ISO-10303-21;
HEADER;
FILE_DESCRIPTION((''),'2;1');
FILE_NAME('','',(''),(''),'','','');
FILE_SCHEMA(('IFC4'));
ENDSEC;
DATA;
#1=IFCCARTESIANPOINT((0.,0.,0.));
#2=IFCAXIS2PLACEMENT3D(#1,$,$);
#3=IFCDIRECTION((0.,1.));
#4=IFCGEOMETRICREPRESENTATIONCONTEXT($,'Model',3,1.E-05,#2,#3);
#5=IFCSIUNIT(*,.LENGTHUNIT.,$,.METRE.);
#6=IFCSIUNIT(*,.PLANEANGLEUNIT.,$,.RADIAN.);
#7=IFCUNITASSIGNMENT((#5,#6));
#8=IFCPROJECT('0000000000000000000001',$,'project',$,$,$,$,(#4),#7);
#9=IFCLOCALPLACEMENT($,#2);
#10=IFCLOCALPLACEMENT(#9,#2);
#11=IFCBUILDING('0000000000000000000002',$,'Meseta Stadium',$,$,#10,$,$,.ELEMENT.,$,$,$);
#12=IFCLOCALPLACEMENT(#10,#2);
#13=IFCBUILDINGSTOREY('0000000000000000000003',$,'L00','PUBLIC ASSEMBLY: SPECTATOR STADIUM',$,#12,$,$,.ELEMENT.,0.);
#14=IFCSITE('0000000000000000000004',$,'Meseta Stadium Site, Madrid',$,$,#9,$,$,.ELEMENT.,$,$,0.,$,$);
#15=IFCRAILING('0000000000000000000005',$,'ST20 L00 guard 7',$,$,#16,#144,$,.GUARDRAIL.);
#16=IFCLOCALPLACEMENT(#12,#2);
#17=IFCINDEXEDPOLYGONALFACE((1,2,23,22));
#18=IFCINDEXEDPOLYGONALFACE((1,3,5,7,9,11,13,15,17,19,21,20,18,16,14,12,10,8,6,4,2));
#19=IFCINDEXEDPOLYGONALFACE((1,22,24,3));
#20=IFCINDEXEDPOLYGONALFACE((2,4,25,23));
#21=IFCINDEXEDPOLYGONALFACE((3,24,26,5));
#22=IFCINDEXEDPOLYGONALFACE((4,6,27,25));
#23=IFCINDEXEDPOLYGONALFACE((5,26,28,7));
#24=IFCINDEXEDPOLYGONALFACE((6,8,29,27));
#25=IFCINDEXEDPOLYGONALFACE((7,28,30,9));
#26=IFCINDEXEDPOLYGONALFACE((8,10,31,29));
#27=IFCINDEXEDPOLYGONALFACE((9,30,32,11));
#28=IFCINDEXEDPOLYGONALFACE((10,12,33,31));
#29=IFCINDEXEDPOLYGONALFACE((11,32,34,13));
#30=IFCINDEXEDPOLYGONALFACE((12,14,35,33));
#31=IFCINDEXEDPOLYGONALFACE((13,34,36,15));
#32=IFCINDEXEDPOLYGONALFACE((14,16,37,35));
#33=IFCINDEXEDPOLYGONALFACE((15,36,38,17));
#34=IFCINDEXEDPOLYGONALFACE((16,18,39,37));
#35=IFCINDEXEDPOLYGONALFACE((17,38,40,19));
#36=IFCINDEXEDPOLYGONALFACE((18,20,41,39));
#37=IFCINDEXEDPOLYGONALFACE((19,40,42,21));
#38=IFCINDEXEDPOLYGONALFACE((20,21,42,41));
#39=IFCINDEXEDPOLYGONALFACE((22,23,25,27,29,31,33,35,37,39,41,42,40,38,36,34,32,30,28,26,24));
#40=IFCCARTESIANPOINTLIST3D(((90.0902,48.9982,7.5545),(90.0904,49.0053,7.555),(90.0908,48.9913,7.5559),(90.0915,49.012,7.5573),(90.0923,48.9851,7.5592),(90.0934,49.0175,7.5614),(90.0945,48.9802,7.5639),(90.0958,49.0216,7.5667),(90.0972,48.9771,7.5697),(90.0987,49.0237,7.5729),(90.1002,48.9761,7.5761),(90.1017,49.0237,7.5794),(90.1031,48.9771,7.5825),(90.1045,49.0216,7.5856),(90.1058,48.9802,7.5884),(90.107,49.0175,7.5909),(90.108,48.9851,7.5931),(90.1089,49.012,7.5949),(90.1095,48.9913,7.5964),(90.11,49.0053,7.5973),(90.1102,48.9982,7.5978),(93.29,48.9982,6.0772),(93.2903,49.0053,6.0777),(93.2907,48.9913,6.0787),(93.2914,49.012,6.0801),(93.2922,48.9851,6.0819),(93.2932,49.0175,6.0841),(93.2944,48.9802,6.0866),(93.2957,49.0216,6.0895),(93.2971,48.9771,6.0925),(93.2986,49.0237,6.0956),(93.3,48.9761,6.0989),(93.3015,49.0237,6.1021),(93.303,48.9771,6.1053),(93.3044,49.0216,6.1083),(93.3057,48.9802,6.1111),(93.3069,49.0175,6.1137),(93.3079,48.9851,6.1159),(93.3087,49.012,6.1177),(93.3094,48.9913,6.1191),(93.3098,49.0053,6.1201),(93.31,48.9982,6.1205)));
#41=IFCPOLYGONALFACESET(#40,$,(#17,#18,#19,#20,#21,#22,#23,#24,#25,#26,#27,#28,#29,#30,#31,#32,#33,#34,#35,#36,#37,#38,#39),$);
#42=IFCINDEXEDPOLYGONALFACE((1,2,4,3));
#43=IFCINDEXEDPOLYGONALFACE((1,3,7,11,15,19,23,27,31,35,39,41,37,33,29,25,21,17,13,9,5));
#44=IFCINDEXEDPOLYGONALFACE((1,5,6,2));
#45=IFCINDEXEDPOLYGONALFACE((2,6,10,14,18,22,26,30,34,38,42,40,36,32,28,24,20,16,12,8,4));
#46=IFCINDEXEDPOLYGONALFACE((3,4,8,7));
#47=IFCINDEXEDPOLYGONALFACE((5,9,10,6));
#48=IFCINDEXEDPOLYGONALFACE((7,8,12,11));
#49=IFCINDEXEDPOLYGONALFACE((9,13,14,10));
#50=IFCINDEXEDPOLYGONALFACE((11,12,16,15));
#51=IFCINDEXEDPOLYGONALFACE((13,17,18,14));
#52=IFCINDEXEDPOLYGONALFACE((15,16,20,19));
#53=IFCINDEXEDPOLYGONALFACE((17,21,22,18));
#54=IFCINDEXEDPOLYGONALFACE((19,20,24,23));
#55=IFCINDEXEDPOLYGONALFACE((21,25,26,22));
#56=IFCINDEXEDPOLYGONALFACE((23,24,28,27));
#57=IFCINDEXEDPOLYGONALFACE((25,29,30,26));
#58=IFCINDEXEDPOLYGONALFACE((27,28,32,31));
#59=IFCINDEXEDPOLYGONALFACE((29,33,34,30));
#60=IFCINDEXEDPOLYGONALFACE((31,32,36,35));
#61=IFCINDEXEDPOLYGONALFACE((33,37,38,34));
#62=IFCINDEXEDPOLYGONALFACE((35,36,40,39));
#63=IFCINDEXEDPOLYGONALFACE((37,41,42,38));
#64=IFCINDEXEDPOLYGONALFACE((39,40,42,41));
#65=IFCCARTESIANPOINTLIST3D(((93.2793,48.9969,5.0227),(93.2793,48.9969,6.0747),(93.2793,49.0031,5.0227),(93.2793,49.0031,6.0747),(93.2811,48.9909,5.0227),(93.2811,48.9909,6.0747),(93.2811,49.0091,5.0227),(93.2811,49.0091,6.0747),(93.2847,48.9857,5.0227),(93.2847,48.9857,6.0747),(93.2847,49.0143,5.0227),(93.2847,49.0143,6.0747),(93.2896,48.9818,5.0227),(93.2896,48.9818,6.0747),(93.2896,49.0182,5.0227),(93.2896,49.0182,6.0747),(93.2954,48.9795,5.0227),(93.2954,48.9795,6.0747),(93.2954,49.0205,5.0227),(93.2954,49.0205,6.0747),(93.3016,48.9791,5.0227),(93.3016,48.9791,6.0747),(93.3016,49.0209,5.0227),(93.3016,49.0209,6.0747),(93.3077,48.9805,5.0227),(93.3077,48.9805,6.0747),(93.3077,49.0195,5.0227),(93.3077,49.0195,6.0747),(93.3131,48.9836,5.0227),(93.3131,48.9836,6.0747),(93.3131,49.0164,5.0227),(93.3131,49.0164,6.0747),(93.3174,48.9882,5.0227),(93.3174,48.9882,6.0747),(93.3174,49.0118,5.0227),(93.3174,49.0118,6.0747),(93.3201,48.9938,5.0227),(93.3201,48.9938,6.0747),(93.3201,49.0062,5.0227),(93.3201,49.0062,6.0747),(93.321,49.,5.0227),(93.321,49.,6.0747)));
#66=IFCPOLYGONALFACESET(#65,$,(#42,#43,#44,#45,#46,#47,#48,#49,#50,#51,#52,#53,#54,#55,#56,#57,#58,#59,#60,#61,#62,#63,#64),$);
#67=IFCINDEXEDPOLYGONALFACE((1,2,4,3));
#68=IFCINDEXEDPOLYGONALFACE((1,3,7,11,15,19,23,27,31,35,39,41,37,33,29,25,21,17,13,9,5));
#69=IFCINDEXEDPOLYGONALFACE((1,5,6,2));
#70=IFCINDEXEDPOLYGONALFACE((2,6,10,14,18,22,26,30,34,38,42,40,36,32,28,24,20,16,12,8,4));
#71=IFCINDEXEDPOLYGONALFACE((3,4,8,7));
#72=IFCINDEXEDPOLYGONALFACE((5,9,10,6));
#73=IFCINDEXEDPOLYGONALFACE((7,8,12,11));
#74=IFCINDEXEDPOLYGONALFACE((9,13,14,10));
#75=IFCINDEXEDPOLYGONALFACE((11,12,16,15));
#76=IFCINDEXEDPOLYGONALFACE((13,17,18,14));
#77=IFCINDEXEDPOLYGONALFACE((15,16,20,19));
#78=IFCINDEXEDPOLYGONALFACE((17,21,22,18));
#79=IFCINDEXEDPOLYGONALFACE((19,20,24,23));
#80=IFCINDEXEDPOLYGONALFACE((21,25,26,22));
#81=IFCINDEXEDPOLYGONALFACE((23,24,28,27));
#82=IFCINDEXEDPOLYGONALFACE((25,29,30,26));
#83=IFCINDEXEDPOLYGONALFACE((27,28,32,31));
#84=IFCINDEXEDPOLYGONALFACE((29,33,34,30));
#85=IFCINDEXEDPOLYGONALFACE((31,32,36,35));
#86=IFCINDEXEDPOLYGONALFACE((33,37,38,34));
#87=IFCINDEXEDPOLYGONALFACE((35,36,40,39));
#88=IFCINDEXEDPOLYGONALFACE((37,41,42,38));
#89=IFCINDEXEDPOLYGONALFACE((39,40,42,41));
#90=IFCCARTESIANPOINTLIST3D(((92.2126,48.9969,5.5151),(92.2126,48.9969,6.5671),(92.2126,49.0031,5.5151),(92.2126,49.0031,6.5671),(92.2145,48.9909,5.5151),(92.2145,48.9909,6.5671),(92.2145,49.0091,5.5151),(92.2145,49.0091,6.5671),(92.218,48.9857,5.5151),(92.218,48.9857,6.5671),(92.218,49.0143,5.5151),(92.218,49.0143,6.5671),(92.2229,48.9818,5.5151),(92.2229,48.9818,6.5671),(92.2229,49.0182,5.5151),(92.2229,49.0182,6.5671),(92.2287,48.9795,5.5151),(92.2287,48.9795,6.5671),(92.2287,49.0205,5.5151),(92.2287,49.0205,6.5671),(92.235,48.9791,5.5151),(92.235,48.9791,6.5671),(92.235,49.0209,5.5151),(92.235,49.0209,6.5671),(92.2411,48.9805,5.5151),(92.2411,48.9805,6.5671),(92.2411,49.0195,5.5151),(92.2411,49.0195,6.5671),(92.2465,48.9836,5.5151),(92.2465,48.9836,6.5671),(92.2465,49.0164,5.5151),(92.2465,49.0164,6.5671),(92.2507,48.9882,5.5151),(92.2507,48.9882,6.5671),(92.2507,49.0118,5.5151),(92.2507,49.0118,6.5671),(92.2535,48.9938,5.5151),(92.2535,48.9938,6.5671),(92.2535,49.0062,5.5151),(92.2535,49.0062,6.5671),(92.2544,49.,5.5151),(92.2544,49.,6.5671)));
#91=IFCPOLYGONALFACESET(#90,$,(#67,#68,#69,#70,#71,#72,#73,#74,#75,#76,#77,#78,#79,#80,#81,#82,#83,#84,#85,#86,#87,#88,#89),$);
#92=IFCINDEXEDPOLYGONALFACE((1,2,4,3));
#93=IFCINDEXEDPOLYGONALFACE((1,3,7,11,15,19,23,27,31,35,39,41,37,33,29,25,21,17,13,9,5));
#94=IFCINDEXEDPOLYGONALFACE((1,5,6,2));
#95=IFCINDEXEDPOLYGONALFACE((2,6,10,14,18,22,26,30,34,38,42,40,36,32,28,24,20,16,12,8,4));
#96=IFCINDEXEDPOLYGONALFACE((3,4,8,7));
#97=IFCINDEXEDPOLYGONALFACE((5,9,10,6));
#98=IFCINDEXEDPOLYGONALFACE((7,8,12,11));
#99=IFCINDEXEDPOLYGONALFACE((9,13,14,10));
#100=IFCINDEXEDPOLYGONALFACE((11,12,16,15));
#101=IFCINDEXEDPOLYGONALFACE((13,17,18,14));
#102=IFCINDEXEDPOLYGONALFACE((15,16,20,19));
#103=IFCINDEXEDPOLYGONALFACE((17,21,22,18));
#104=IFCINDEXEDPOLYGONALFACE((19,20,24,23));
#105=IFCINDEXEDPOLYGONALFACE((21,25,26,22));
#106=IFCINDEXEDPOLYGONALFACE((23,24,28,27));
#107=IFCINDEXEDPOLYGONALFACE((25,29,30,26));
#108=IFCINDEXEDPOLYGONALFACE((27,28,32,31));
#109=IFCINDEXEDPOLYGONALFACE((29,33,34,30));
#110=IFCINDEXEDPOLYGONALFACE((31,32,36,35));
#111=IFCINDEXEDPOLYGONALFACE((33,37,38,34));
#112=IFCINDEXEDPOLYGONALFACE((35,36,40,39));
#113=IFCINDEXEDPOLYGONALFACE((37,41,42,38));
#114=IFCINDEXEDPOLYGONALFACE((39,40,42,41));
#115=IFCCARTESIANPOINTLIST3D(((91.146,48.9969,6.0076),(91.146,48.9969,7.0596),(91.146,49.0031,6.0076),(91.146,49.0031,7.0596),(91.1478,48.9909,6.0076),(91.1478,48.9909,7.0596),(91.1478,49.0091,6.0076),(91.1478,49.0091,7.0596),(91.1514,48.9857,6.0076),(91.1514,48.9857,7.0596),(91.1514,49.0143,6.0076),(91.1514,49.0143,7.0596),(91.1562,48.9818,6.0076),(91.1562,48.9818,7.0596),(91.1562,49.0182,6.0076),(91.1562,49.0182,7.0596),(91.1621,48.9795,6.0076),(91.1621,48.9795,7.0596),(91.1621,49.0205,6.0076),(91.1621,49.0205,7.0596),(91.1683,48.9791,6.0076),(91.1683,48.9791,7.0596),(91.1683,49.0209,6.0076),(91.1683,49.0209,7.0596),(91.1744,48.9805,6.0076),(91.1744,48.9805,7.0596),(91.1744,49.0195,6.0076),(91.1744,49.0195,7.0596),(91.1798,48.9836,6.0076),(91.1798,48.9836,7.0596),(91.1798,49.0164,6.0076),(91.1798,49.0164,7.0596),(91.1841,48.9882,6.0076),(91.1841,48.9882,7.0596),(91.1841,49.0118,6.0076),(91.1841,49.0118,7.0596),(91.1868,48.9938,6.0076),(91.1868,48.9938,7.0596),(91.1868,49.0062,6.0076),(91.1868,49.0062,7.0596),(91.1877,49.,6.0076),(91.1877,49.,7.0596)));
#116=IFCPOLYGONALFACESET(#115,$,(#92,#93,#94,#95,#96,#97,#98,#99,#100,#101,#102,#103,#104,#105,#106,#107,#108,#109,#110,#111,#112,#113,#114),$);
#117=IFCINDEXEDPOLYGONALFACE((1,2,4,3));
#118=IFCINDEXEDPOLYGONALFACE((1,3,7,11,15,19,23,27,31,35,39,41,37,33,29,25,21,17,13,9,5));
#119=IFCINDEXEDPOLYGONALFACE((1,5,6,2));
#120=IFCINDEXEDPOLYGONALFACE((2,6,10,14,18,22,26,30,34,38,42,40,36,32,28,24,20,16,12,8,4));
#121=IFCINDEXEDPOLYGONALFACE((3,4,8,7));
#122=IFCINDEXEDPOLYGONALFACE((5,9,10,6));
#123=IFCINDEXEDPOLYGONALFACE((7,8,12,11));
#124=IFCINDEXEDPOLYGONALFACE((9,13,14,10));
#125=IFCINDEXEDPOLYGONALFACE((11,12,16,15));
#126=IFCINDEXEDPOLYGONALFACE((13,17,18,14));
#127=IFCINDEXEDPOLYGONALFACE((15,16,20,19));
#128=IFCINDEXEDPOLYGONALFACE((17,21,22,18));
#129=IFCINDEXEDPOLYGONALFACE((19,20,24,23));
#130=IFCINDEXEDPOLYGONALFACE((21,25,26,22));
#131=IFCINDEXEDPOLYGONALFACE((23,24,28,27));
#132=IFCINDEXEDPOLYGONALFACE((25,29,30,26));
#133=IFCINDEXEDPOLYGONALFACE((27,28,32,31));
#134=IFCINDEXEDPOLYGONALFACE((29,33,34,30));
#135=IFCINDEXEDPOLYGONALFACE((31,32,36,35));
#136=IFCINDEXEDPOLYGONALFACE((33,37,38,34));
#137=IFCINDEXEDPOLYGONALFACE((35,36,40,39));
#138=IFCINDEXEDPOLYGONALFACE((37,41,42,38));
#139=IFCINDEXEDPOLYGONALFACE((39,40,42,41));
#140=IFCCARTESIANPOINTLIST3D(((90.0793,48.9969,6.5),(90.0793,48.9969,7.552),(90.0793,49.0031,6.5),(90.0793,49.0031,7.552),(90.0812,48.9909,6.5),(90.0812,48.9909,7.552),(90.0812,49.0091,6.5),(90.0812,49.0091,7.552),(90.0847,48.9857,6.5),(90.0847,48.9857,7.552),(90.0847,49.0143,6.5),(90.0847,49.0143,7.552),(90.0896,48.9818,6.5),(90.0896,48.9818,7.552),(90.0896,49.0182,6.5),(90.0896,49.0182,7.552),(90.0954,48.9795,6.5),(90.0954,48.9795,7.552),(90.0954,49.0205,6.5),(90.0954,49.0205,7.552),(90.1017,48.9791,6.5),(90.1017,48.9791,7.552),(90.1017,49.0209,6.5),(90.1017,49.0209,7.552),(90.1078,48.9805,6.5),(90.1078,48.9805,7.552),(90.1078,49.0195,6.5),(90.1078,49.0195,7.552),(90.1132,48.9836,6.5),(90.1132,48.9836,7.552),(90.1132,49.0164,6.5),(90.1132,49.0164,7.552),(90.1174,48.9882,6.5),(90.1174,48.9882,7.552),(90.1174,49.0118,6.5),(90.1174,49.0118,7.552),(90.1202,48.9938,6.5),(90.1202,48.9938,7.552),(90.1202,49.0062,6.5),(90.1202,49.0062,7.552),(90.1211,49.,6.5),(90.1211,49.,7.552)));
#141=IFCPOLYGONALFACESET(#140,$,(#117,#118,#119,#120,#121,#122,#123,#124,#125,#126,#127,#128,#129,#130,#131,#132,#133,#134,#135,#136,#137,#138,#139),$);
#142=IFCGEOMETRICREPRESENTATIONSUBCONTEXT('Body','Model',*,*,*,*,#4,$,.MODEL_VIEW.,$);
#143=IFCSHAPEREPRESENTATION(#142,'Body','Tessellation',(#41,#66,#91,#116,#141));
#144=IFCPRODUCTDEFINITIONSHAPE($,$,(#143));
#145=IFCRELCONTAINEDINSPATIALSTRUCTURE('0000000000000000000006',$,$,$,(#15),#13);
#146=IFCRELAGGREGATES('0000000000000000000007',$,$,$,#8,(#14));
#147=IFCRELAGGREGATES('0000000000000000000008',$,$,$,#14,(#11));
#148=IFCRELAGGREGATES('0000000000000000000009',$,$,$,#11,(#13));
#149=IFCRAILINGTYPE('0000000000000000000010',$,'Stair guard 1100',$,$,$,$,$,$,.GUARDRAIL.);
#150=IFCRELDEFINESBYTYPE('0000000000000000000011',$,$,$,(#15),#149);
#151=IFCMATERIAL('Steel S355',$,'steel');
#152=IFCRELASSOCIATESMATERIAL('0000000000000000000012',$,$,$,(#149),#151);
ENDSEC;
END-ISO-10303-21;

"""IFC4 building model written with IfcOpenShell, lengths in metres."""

from ifc_helpers import new_model, si_unit, direction, frame, origin, origin_2d, place, context, subcontext, project, spatial, circle, extrude, material, type_object, element, save


model = new_model("IFC4")

# Units and contexts
model_context = context("Model", 3, precision=1e-05, world=origin(), true_north=direction((0.0, 1.0)))
body_context = subcontext(model_context, "Body", "Model", "MODEL_VIEW")
ifc_project = project(units=[si_unit("LENGTHUNIT", "METRE"), si_unit("PLANEANGLEUNIT", "RADIAN")], contexts=[model_context])

# Site, building, storey
site_placement = place(None, origin())
site = spatial("IfcSite", under=ifc_project, at=site_placement, Name="Meseta Stadium Site, Madrid", CompositionType="ELEMENT", RefElevation=0.0)
building_placement = place(site_placement, origin())
building = spatial("IfcBuilding", under=site, at=building_placement, Name="Meseta Stadium", CompositionType="ELEMENT")
storey_placement = place(building_placement, origin())
storey = spatial("IfcBuildingStorey", under=building, at=storey_placement, Name="L00", Description="PUBLIC ASSEMBLY: SPECTATOR STADIUM", CompositionType="ELEMENT", Elevation=0.0)

# Railing
ifc_material_1 = material(Name="Steel S355", Category="steel")
railing_type_1 = type_object("IfcRailingType", Name="Stair guard 1100", PredefinedType="GUARDRAIL", material=ifc_material_1)
railing_1_placement = place(storey_placement, frame((93.3, 49.0, 5.0227)))
element("IfcRailing", 1, at=railing_1_placement, inside=storey, type_object=railing_type_1, Name="ST20 L00 guard 7", PredefinedType="GUARDRAIL", context=body_context, shape_type="SweptSolid", body=[
    extrude(circle(Radius=0.0239, at=origin_2d()), frame((0.0, 0.0, 1.0762), z_axis=(-0.907917, 0.0, 0.41915), x_axis=(0.0, -1.0, 0.0)), (0.0, 0.0, 1.0), 3.5244),
    extrude(circle(Radius=0.021, at=origin_2d()), origin(), (0.0, 0.0, 1.0), 1.052),
    extrude(circle(Radius=0.021, at=origin_2d()), frame((-1.0667, 0.0, 0.4924)), (0.0, 0.0, 1.0), 1.052),
    extrude(circle(Radius=0.021, at=origin_2d()), frame((-2.1333, 0.0, 0.9849)), (0.0, 0.0, 1.0), 1.052),
    extrude(circle(Radius=0.021, at=origin_2d()), frame((-3.2, 0.0, 1.4773)), (0.0, 0.0, 1.0), 1.052),
])

save(model, "model.ifc")
